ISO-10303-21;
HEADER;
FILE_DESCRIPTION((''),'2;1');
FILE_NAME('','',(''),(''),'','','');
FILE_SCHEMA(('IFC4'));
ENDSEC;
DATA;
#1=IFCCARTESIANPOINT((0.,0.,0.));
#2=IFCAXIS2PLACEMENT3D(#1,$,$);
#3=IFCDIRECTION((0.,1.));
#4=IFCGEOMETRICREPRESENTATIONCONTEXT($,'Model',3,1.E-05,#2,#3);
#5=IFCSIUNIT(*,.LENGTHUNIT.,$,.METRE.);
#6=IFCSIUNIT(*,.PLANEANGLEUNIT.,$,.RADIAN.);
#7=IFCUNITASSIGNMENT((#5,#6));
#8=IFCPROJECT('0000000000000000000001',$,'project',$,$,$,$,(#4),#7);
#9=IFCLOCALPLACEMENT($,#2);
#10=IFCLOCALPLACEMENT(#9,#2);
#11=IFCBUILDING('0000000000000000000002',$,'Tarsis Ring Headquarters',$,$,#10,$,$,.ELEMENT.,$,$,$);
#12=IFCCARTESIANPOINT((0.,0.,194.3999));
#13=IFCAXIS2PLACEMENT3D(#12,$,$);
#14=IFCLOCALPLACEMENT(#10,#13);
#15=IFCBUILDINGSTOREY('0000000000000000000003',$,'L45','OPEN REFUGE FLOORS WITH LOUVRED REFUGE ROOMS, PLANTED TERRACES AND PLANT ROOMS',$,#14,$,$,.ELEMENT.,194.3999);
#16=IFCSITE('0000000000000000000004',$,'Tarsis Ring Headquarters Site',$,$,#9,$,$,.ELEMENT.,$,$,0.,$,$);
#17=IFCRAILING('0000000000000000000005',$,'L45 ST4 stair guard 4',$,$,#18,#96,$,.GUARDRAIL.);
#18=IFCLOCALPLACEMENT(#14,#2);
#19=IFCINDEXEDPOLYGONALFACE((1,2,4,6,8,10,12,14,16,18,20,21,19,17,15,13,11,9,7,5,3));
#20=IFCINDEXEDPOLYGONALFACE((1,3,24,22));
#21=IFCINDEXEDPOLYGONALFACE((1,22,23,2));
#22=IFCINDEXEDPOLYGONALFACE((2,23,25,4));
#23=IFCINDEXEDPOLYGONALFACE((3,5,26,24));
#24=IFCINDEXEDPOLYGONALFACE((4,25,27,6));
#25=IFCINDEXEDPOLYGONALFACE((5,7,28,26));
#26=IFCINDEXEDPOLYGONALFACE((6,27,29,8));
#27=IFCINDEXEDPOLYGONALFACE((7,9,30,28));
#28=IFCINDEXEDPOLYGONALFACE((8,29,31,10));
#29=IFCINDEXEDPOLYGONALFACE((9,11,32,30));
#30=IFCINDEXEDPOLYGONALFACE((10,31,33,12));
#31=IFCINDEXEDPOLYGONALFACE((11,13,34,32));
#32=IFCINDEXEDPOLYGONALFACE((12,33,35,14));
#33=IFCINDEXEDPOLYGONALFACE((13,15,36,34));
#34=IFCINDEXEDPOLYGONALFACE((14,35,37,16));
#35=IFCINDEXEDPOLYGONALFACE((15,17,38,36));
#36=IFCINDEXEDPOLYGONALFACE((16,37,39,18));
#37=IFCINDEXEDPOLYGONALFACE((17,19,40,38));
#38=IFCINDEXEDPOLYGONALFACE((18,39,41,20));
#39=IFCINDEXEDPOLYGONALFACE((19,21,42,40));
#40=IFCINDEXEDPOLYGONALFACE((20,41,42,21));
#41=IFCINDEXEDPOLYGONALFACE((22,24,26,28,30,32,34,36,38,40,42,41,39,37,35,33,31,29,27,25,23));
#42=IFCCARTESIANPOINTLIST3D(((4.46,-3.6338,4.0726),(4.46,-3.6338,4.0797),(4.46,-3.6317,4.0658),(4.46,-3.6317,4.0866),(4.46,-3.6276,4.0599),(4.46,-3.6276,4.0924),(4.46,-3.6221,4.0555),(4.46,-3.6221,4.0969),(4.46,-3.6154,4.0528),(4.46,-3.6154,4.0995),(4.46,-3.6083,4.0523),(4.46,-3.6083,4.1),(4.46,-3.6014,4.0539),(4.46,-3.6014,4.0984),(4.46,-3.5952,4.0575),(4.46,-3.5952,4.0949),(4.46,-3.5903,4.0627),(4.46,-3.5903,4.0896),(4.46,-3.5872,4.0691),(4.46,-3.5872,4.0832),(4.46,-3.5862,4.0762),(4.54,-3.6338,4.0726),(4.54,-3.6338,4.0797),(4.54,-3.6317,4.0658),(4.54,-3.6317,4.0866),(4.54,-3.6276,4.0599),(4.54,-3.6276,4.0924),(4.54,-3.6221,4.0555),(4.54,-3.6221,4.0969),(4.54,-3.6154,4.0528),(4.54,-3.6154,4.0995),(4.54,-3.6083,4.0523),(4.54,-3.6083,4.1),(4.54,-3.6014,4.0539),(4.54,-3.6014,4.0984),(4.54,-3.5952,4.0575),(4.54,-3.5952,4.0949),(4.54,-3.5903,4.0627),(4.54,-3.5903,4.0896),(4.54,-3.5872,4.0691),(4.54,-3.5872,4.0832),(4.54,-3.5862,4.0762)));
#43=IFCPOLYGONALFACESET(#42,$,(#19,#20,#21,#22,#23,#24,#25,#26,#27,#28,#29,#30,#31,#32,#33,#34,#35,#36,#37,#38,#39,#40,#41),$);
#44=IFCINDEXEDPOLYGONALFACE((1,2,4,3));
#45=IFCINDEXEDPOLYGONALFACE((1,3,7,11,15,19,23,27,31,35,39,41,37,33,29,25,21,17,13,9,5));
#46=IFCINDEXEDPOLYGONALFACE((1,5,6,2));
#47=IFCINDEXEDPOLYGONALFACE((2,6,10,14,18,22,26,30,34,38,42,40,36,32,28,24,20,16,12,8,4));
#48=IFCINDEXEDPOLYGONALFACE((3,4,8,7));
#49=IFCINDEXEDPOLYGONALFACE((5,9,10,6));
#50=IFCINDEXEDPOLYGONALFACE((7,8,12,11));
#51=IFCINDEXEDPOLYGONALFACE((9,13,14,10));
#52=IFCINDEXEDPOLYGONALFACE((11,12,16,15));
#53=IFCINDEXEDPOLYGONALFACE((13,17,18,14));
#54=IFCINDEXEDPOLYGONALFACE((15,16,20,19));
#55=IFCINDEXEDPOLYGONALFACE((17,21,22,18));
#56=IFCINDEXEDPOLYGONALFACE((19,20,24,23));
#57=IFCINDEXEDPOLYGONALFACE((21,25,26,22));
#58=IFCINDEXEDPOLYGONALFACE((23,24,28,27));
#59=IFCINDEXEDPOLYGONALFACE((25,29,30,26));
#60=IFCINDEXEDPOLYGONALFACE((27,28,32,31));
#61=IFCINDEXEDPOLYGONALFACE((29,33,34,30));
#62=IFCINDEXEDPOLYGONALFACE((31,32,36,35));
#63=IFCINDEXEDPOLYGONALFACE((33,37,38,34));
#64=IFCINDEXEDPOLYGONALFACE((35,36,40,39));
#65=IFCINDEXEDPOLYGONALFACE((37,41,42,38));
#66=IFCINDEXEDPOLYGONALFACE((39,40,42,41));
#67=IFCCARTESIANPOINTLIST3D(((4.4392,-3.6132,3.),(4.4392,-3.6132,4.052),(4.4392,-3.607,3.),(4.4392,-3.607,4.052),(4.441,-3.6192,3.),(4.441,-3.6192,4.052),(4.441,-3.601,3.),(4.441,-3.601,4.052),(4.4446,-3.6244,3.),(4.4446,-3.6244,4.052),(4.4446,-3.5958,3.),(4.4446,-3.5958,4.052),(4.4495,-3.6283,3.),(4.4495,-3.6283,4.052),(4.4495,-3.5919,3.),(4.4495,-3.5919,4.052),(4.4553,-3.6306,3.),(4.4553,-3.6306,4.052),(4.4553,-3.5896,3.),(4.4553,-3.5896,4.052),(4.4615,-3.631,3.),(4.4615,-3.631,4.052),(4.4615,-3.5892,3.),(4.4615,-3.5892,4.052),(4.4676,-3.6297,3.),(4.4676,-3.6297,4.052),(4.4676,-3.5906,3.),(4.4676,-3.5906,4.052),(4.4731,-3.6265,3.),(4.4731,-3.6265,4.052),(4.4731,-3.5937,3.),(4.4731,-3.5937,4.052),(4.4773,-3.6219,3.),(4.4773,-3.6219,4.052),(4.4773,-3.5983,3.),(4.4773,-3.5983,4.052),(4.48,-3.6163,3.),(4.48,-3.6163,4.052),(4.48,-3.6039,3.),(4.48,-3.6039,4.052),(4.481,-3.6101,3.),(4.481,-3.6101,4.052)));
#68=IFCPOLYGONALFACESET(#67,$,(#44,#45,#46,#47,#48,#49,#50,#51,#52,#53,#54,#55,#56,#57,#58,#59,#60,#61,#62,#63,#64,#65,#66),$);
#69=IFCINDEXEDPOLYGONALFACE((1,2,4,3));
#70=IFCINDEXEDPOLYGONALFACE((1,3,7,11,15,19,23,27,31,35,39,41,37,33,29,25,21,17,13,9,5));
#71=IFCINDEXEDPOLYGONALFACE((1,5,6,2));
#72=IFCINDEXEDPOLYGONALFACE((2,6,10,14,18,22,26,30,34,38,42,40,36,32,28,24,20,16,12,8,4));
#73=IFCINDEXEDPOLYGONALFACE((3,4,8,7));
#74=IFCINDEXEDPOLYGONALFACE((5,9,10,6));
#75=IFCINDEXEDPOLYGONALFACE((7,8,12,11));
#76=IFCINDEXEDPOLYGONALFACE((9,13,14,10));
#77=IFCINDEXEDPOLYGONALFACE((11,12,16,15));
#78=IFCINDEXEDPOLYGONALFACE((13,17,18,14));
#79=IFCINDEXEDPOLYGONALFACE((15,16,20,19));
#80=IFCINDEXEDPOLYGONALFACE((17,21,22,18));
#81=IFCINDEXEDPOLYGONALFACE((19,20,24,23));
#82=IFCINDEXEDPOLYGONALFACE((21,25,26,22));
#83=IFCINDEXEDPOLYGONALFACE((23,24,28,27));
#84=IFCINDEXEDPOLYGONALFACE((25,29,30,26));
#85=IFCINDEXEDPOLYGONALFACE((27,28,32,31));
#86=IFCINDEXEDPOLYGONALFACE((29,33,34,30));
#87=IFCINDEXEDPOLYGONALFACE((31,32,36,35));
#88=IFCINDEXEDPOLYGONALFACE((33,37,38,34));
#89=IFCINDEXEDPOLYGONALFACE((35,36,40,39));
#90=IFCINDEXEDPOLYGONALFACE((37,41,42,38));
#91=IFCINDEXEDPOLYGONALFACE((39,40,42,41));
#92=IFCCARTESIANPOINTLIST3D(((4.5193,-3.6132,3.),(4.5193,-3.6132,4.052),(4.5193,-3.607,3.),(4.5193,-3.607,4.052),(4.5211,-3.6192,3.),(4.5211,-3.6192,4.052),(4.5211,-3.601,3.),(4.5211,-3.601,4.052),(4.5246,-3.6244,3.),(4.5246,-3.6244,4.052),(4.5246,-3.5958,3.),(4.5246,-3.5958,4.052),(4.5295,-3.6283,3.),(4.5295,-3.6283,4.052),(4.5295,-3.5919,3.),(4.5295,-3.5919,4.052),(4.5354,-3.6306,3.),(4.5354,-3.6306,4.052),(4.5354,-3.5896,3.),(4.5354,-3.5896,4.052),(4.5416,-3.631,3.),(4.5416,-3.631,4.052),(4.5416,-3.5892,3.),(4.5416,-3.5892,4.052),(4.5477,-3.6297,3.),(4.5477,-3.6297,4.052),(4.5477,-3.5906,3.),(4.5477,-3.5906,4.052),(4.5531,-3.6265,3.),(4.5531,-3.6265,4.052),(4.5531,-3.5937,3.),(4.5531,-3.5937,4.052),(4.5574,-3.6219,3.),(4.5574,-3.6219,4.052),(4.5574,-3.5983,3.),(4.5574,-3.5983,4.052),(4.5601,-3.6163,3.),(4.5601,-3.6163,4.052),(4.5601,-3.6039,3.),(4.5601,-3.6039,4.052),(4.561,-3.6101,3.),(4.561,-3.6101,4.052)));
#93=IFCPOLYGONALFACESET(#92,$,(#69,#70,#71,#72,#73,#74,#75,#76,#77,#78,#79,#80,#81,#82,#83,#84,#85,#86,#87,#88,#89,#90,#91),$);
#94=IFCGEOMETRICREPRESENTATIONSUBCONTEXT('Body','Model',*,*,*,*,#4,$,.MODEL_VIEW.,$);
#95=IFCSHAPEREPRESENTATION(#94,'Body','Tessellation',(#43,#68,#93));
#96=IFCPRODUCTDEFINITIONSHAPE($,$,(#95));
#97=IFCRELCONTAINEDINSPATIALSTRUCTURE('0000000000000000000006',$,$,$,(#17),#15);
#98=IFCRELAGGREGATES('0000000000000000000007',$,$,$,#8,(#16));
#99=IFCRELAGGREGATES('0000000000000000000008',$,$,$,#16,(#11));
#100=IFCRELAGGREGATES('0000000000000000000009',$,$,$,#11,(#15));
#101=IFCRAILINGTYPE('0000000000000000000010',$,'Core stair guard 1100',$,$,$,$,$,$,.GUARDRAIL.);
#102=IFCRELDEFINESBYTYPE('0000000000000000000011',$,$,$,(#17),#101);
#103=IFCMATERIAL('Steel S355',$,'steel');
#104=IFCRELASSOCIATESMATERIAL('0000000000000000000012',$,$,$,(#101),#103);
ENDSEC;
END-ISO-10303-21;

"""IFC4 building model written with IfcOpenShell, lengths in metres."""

from ifc_helpers import new_model, si_unit, direction, frame, origin, origin_2d, place, context, subcontext, project, spatial, circle, extrude, material, type_object, element, save


model = new_model("IFC4")

# Units and contexts
model_context = context("Model", 3, precision=1e-05, world=origin(), true_north=direction((0.0, 1.0)))
body_context = subcontext(model_context, "Body", "Model", "MODEL_VIEW")
ifc_project = project(units=[si_unit("LENGTHUNIT", "METRE"), si_unit("PLANEANGLEUNIT", "RADIAN")], contexts=[model_context])

# Site, building, storey
site_placement = place(None, origin())
site = spatial("IfcSite", under=ifc_project, at=site_placement, Name="Tarsis Ring Headquarters Site", CompositionType="ELEMENT", RefElevation=0.0)
building_placement = place(site_placement, origin())
building = spatial("IfcBuilding", under=site, at=building_placement, Name="Tarsis Ring Headquarters", CompositionType="ELEMENT")
storey_placement = place(building_placement, frame((0.0, 0.0, 194.3999)))
storey = spatial("IfcBuildingStorey", under=building, at=storey_placement, Name="L45", Description="OPEN REFUGE FLOORS WITH LOUVRED REFUGE ROOMS, PLANTED TERRACES AND PLANT ROOMS", CompositionType="ELEMENT", Elevation=194.3999)

# Railing
ifc_material_1 = material(Name="Steel S355", Category="steel")
railing_type_1 = type_object("IfcRailingType", Name="Core stair guard 1100", PredefinedType="GUARDRAIL", material=ifc_material_1)
railing_1_placement = place(storey_placement, frame((4.46, -3.6101, 3.0)))
element("IfcRailing", 1, at=railing_1_placement, inside=storey, type_object=railing_type_1, Name="L45 ST4 stair guard 4", PredefinedType="GUARDRAIL", context=body_context, shape_type="SweptSolid", body=[
    extrude(circle(Radius=0.0239, at=origin_2d()), frame((0.0, 0.0, 1.0762), z_axis=(1.0, 0.0, 0.0), x_axis=(0.0, 1.0, 0.0)), (0.0, 0.0, 1.0), 0.0801),
    extrude(circle(Radius=0.021, at=origin_2d()), origin(), (0.0, 0.0, 1.0), 1.052),
    extrude(circle(Radius=0.021, at=origin_2d()), frame((0.0801, 0.0, 0.0)), (0.0, 0.0, 1.0), 1.052),
])

save(model, "model.ifc")
